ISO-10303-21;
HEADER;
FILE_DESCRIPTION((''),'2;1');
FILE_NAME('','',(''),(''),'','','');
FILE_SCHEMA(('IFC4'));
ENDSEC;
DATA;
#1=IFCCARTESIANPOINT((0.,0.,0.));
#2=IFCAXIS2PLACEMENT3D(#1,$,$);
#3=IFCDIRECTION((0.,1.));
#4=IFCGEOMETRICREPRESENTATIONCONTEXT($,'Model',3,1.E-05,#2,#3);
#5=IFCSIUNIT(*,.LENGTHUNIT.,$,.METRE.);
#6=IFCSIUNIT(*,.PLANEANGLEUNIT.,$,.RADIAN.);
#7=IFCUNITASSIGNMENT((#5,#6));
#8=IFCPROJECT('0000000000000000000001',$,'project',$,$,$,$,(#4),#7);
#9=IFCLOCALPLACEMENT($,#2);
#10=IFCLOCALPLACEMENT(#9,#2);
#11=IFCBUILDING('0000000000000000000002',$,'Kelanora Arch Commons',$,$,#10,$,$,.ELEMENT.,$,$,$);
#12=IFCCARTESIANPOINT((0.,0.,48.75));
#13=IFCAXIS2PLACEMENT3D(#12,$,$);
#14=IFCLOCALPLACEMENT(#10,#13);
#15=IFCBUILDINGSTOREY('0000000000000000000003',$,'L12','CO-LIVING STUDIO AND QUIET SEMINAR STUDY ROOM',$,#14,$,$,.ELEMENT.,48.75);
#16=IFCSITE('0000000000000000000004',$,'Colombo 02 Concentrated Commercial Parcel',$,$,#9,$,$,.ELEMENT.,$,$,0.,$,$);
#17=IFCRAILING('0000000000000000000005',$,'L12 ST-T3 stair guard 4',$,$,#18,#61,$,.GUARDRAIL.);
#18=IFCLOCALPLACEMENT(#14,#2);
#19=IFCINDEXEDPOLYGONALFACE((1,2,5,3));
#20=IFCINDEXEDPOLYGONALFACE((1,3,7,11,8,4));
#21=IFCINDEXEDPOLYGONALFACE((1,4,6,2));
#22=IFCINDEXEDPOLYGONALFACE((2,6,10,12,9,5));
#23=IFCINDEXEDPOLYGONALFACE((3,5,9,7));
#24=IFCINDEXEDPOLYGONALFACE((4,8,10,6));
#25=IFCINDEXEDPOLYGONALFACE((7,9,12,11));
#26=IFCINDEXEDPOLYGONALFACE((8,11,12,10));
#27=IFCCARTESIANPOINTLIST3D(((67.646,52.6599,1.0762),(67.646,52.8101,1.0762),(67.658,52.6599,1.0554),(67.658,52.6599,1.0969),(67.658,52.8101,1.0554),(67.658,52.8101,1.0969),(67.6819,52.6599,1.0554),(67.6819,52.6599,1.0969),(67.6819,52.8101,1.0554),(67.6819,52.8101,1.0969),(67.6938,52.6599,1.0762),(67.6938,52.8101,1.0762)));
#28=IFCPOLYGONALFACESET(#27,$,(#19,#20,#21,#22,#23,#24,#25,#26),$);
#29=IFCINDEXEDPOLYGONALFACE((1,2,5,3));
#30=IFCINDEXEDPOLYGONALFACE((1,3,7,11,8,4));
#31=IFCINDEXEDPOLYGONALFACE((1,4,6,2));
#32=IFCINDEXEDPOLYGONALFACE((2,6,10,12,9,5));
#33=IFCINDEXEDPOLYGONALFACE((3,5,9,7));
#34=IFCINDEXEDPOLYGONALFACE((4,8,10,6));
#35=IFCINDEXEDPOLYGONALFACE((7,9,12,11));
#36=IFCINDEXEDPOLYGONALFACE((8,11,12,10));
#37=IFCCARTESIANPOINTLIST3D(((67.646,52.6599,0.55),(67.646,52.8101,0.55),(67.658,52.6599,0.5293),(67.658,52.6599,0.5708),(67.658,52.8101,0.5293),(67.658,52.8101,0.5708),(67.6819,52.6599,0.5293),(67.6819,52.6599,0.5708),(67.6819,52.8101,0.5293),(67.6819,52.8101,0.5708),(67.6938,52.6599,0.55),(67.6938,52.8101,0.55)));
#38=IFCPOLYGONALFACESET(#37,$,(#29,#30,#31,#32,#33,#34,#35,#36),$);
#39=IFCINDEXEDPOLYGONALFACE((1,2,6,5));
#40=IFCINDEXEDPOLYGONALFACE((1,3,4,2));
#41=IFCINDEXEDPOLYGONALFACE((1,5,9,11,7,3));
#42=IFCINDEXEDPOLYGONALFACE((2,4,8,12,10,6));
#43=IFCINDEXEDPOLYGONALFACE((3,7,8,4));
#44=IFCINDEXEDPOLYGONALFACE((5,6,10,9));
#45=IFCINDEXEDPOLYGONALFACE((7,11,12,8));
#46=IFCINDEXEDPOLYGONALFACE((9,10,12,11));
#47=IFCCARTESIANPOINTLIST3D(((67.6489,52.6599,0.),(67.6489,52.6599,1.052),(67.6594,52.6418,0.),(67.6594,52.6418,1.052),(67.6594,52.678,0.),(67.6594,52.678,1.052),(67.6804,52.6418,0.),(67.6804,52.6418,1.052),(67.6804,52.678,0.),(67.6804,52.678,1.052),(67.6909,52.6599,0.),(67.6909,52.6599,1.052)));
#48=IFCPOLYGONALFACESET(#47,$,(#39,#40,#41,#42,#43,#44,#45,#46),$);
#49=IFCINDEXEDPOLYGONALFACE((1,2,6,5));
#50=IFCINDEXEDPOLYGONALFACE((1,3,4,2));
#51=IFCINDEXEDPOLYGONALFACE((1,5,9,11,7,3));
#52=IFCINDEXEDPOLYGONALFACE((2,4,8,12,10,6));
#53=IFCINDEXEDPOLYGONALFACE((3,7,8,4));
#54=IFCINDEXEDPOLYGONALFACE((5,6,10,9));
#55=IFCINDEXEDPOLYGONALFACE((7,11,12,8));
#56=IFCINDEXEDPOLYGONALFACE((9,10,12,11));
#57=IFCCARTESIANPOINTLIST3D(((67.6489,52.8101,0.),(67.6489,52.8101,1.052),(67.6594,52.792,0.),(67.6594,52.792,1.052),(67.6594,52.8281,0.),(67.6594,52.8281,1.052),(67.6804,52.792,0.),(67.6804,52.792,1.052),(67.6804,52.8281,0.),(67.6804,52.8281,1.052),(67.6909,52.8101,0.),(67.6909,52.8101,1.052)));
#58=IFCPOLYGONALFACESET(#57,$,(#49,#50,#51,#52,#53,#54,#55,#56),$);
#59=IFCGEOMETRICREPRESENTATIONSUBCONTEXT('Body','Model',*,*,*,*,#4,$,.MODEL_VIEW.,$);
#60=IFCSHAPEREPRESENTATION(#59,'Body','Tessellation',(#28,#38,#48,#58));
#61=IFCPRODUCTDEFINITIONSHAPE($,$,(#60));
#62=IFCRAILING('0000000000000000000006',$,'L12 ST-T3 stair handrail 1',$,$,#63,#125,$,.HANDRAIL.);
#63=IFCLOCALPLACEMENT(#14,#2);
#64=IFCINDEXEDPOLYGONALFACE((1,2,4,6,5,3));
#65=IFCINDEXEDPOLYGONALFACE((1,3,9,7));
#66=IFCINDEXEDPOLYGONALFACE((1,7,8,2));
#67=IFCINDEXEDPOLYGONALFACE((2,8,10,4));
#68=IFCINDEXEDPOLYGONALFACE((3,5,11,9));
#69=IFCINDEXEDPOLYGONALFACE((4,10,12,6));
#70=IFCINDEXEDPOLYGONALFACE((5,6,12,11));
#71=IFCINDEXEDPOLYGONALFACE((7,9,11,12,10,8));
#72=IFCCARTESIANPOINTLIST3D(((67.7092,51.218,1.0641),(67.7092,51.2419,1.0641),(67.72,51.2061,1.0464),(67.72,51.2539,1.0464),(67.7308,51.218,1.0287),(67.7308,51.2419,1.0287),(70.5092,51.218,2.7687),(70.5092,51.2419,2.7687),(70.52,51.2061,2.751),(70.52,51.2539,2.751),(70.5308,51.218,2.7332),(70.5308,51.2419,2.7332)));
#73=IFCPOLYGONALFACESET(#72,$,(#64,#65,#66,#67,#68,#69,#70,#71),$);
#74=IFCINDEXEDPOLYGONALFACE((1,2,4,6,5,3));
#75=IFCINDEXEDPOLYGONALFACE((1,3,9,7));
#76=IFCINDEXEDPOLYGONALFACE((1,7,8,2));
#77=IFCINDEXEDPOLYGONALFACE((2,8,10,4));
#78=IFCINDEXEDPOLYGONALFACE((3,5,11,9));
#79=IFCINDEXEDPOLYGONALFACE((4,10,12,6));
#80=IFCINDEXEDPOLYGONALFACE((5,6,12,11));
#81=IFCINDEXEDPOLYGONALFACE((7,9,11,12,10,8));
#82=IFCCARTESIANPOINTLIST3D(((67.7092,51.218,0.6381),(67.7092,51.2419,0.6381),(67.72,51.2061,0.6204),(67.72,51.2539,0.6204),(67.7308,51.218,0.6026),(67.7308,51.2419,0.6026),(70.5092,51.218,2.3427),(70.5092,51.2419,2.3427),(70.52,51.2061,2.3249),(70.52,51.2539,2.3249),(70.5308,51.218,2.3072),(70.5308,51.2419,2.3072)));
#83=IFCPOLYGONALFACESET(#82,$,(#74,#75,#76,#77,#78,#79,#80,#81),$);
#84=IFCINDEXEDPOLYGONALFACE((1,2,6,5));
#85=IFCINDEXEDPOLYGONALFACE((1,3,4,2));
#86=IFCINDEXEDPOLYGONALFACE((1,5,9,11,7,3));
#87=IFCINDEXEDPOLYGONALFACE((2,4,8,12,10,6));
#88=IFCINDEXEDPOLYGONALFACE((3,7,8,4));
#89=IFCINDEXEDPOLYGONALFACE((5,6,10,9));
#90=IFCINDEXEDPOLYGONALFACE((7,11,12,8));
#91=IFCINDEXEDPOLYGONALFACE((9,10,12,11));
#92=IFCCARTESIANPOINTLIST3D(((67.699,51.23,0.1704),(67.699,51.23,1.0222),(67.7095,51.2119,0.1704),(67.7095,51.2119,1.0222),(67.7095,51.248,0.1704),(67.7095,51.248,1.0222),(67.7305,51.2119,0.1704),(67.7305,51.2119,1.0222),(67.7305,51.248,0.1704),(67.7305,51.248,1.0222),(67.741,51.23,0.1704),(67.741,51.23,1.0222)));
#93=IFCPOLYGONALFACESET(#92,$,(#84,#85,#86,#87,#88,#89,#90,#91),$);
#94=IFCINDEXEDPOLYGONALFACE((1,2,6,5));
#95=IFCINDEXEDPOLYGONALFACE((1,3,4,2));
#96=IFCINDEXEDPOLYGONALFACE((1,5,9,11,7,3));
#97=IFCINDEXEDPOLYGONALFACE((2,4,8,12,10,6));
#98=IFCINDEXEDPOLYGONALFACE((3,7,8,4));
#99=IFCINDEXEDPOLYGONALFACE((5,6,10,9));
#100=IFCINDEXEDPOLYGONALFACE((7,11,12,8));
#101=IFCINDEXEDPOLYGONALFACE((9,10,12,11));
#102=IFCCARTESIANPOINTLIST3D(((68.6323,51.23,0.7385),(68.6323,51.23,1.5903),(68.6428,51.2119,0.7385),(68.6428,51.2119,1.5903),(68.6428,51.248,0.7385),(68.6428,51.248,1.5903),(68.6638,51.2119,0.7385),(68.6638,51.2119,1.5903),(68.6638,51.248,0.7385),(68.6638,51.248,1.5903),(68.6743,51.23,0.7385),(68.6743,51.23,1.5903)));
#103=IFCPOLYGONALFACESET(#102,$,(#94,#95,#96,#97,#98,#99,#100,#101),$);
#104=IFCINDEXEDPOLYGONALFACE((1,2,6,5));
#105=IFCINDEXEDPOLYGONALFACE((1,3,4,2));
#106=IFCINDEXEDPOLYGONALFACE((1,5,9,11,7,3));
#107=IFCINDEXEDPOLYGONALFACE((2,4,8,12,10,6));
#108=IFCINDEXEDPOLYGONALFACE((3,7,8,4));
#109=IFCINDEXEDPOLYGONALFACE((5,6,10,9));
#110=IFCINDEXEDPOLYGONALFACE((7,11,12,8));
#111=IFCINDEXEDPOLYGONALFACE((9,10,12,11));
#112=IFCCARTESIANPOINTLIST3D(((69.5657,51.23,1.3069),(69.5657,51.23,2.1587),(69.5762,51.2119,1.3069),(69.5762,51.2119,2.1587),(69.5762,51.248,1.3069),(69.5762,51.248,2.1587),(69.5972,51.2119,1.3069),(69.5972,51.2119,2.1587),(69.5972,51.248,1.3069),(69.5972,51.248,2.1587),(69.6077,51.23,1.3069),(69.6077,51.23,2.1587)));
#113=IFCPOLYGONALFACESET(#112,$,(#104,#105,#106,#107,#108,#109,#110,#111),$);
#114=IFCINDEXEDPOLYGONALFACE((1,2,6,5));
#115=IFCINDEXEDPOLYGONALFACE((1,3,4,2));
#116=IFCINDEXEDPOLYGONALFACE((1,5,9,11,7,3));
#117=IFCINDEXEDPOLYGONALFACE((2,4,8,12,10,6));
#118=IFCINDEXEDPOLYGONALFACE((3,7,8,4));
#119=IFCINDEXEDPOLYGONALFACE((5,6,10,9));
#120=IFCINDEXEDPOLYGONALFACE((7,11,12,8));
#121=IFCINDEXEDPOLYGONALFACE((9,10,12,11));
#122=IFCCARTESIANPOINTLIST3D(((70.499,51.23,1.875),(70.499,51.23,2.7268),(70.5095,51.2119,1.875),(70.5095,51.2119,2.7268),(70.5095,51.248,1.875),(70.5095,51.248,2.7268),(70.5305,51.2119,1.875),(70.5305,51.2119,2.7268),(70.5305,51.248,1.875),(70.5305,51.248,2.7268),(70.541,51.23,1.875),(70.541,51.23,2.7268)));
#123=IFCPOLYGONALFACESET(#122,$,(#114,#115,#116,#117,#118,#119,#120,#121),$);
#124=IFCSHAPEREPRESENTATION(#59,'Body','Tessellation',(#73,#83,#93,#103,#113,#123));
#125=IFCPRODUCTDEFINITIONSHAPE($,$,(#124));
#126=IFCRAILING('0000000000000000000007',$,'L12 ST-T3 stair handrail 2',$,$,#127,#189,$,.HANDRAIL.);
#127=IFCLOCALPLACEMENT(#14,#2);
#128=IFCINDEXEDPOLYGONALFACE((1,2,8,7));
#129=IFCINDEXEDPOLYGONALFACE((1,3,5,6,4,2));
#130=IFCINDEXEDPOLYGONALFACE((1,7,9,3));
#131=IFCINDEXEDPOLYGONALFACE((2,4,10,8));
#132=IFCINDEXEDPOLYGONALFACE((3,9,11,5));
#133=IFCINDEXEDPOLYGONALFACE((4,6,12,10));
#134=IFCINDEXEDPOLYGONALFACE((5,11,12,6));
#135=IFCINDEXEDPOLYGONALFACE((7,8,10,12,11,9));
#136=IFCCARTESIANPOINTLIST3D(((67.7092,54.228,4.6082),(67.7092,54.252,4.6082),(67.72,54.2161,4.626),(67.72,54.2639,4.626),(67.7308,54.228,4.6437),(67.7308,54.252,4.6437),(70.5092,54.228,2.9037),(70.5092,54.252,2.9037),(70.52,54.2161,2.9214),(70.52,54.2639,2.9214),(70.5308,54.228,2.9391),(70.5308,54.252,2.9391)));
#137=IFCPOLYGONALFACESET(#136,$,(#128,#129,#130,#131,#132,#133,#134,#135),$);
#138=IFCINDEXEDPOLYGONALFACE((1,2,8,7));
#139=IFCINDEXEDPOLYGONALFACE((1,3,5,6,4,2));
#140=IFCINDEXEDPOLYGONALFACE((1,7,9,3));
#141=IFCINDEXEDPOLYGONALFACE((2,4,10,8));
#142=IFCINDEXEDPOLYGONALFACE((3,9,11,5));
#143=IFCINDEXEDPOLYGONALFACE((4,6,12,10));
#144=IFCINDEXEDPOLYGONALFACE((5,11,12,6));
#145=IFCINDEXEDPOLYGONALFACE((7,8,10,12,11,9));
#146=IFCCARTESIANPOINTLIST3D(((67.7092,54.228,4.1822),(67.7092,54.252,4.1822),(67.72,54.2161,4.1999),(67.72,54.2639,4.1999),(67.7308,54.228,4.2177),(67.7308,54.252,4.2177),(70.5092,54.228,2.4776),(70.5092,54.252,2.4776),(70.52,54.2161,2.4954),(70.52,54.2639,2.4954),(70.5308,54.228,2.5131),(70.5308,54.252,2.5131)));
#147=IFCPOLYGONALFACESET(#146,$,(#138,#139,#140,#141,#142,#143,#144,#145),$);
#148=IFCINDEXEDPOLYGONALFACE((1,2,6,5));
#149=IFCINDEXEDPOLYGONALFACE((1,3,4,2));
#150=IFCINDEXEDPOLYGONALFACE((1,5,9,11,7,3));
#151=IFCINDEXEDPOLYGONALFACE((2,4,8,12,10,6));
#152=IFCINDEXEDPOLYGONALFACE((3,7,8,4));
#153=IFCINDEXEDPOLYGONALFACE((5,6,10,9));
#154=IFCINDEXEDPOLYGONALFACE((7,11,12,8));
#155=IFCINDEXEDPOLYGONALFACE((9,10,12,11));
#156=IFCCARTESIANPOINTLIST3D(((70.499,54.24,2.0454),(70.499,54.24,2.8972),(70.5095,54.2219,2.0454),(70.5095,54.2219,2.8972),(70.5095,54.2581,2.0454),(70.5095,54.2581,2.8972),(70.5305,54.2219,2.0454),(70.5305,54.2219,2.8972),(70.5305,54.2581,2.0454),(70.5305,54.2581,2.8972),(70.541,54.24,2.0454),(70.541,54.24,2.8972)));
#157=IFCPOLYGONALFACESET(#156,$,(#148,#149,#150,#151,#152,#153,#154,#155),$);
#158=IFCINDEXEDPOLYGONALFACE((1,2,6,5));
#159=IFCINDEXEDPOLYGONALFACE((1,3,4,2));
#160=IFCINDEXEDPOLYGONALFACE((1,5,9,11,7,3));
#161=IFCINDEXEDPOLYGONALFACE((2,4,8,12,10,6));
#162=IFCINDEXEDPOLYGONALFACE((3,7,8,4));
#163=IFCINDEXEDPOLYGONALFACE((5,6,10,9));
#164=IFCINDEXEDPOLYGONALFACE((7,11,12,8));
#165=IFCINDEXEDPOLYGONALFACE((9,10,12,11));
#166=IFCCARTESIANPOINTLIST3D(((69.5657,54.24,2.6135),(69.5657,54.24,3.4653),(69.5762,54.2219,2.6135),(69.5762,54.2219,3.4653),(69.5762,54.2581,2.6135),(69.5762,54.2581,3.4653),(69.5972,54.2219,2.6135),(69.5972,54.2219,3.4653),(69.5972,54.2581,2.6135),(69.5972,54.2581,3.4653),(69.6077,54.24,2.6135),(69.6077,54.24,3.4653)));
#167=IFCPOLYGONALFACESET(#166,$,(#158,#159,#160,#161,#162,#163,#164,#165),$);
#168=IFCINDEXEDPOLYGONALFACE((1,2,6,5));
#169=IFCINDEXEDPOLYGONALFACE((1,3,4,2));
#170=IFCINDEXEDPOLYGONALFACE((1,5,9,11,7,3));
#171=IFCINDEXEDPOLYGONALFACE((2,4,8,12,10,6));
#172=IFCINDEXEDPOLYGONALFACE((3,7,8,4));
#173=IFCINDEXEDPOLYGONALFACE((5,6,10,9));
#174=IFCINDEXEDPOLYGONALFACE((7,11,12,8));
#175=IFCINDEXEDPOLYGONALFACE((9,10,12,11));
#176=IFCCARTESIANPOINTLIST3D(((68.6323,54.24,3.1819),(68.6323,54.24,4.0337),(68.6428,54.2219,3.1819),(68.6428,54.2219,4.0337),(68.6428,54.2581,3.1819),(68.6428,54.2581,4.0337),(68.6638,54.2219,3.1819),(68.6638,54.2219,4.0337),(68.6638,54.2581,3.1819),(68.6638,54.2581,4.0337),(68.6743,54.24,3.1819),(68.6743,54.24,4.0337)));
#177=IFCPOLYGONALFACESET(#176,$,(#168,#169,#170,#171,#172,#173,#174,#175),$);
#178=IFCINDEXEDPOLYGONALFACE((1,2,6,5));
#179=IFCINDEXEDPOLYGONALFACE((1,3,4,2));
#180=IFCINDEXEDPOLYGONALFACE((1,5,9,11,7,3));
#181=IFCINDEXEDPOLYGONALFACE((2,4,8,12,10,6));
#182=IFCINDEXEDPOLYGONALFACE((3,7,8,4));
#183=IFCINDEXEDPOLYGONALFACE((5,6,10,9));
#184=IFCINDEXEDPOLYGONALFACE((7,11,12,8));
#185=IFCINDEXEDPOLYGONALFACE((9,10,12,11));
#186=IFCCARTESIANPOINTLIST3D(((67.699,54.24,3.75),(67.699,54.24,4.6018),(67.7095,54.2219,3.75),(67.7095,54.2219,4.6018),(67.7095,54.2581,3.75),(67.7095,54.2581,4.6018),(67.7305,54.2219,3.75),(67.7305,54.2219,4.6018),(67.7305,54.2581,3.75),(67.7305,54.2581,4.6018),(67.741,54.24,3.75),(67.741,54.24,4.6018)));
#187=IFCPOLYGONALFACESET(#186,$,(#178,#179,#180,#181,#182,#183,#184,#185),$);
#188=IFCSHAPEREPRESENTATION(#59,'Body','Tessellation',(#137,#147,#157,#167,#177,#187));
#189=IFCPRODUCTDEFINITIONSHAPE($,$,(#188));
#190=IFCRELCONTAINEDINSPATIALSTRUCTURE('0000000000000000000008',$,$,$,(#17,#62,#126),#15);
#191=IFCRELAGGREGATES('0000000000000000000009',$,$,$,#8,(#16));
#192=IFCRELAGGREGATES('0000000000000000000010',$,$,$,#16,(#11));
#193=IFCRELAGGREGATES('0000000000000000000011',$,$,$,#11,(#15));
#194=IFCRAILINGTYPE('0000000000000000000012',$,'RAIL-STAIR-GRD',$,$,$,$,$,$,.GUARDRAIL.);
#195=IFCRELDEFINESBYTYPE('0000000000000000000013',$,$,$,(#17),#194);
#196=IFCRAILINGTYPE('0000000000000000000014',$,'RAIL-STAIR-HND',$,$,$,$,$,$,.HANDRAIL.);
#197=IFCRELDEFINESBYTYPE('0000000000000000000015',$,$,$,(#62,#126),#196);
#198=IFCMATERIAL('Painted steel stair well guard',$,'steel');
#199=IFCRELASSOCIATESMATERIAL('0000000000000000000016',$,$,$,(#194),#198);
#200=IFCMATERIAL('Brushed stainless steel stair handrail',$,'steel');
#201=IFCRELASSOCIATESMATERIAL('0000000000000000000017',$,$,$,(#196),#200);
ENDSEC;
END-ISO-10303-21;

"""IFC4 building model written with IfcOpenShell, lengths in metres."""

from ifc_helpers import new_model, si_unit, direction, frame, origin, place, context, subcontext, project, spatial, polyline, outline, extrude, material, type_object, element, save


model = new_model("IFC4")

# Units and contexts
model_context = context("Model", 3, precision=1e-05, world=origin(), true_north=direction((0.0, 1.0)))
body_context = subcontext(model_context, "Body", "Model", "MODEL_VIEW")
ifc_project = project(units=[si_unit("LENGTHUNIT", "METRE"), si_unit("PLANEANGLEUNIT", "RADIAN")], contexts=[model_context])

# Site, building, storey
site_placement = place(None, origin())
site = spatial("IfcSite", under=ifc_project, at=site_placement, Name="Colombo 02 Concentrated Commercial Parcel", CompositionType="ELEMENT", RefElevation=0.0)
building_placement = place(site_placement, origin())
building = spatial("IfcBuilding", under=site, at=building_placement, Name="Kelanora Arch Commons", CompositionType="ELEMENT")
storey_placement = place(building_placement, frame((0.0, 0.0, 48.75)))
storey = spatial("IfcBuildingStorey", under=building, at=storey_placement, Name="L12", Description="CO-LIVING STUDIO AND QUIET SEMINAR STUDY ROOM", CompositionType="ELEMENT", Elevation=48.75)

# Railings
ifc_material_1 = material(Name="Painted steel stair well guard", Category="steel")
railing_type_1 = type_object("IfcRailingType", Name="RAIL-STAIR-GRD", PredefinedType="GUARDRAIL", material=ifc_material_1)
railing_1_placement = place(storey_placement, frame((67.6699, 52.6599, 0.0)))
element("IfcRailing", 1, at=railing_1_placement, inside=storey, type_object=railing_type_1, Name="L12 ST-T3 stair guard 4", PredefinedType="GUARDRAIL", context=body_context, shape_type="SweptSolid", body=[
    extrude(outline(polyline([(0.0239, 0.0), (0.012, 0.0208), (-0.012, 0.0208), (-0.0239, 0.0), (-0.012, -0.0208), (0.012, -0.0208), (0.0239, 0.0)])), frame((0.0, 0.0, 1.0762), z_axis=(0.0, 1.0, 0.0), x_axis=(-1.0, 0.0, 0.0)), (0.0, 0.0, 1.0), 0.1501),
    extrude(outline(polyline([(0.0239, 0.0), (0.012, 0.0208), (-0.012, 0.0208), (-0.0239, 0.0), (-0.012, -0.0208), (0.012, -0.0208), (0.0239, 0.0)])), frame((0.0, 0.0, 0.55), z_axis=(0.0, 1.0, 0.0), x_axis=(-1.0, 0.0, 0.0)), (0.0, 0.0, 1.0), 0.1501),
    extrude(outline(polyline([(0.021, 0.0), (0.0105, 0.0181), (-0.0105, 0.0181), (-0.021, 0.0), (-0.0105, -0.0181), (0.0105, -0.0181), (0.021, 0.0)])), origin(), (0.0, 0.0, 1.0), 1.052),
    extrude(outline(polyline([(0.021, 0.0), (0.0105, 0.0181), (-0.0105, 0.0181), (-0.021, 0.0), (-0.0105, -0.0181), (0.0105, -0.0181), (0.021, 0.0)])), frame((0.0, 0.1501, 0.0)), (0.0, 0.0, 1.0), 1.052),
])
ifc_material_2 = material(Name="Brushed stainless steel stair handrail", Category="steel")
railing_type_2 = type_object("IfcRailingType", Name="RAIL-STAIR-HND", PredefinedType="HANDRAIL", material=ifc_material_2)
railing_2_placement = place(storey_placement, frame((67.72, 51.23, 0.1704)))
element("IfcRailing", 2, at=railing_2_placement, inside=storey, type_object=railing_type_2, Name="L12 ST-T3 stair handrail 1", PredefinedType="HANDRAIL", context=body_context, shape_type="SweptSolid", body=[
    extrude(outline(polyline([(0.0239, 0.0), (0.012, 0.0208), (-0.012, 0.0208), (-0.0239, 0.0), (-0.012, -0.0208), (0.012, -0.0208), (0.0239, 0.0)])), frame((0.0, 0.0, 0.876), z_axis=(0.85417, 0.0, 0.519994), x_axis=(0.0, 1.0, 0.0)), (0.0, 0.0, 1.0), 3.2781),
    extrude(outline(polyline([(0.0239, 0.0), (0.012, 0.0208), (-0.012, 0.0208), (-0.0239, 0.0), (-0.012, -0.0208), (0.012, -0.0208), (0.0239, 0.0)])), frame((0.0, 0.0, 0.45), z_axis=(0.85417, 0.0, 0.519994), x_axis=(0.0, 1.0, 0.0)), (0.0, 0.0, 1.0), 3.2781),
    extrude(outline(polyline([(0.021, 0.0), (0.0105, 0.0181), (-0.0105, 0.0181), (-0.021, 0.0), (-0.0105, -0.0181), (0.0105, -0.0181), (0.021, 0.0)])), origin(), (0.0, 0.0, 1.0), 0.8518),
    extrude(outline(polyline([(0.021, 0.0), (0.0105, 0.0181), (-0.0105, 0.0181), (-0.021, 0.0), (-0.0105, -0.0181), (0.0105, -0.0181), (0.021, 0.0)])), frame((0.9333, 0.0, 0.5681)), (0.0, 0.0, 1.0), 0.8518),
    extrude(outline(polyline([(0.021, 0.0), (0.0105, 0.0181), (-0.0105, 0.0181), (-0.021, 0.0), (-0.0105, -0.0181), (0.0105, -0.0181), (0.021, 0.0)])), frame((1.8667, 0.0, 1.1365)), (0.0, 0.0, 1.0), 0.8518),
    extrude(outline(polyline([(0.021, 0.0), (0.0105, 0.0181), (-0.0105, 0.0181), (-0.021, 0.0), (-0.0105, -0.0181), (0.0105, -0.0181), (0.021, 0.0)])), frame((2.8, 0.0, 1.7046)), (0.0, 0.0, 1.0), 0.8518),
])
railing_3_placement = place(storey_placement, frame((70.52, 54.24, 2.0454)))
element("IfcRailing", 3, at=railing_3_placement, inside=storey, type_object=railing_type_2, Name="L12 ST-T3 stair handrail 2", PredefinedType="HANDRAIL", context=body_context, shape_type="SweptSolid", body=[
    extrude(outline(polyline([(0.0239, 0.0), (0.012, 0.0208), (-0.012, 0.0208), (-0.0239, 0.0), (-0.012, -0.0208), (0.012, -0.0208), (0.0239, 0.0)])), frame((0.0, 0.0, 0.876), z_axis=(-0.85417, 0.0, 0.519994), x_axis=(0.0, -1.0, 0.0)), (0.0, 0.0, 1.0), 3.2781),
    extrude(outline(polyline([(0.0239, 0.0), (0.012, 0.0208), (-0.012, 0.0208), (-0.0239, 0.0), (-0.012, -0.0208), (0.012, -0.0208), (0.0239, 0.0)])), frame((0.0, 0.0, 0.45), z_axis=(-0.85417, 0.0, 0.519994), x_axis=(0.0, -1.0, 0.0)), (0.0, 0.0, 1.0), 3.2781),
    extrude(outline(polyline([(0.021, 0.0), (0.0105, 0.0181), (-0.0105, 0.0181), (-0.021, 0.0), (-0.0105, -0.0181), (0.0105, -0.0181), (0.021, 0.0)])), origin(), (0.0, 0.0, 1.0), 0.8518),
    extrude(outline(polyline([(0.021, 0.0), (0.0105, 0.0181), (-0.0105, 0.0181), (-0.021, 0.0), (-0.0105, -0.0181), (0.0105, -0.0181), (0.021, 0.0)])), frame((-0.9333, 0.0, 0.5681)), (0.0, 0.0, 1.0), 0.8518),
    extrude(outline(polyline([(0.021, 0.0), (0.0105, 0.0181), (-0.0105, 0.0181), (-0.021, 0.0), (-0.0105, -0.0181), (0.0105, -0.0181), (0.021, 0.0)])), frame((-1.8667, 0.0, 1.1365)), (0.0, 0.0, 1.0), 0.8518),
    extrude(outline(polyline([(0.021, 0.0), (0.0105, 0.0181), (-0.0105, 0.0181), (-0.021, 0.0), (-0.0105, -0.0181), (0.0105, -0.0181), (0.021, 0.0)])), frame((-2.8, 0.0, 1.7046)), (0.0, 0.0, 1.0), 0.8518),
])

save(model, "model.ifc")
